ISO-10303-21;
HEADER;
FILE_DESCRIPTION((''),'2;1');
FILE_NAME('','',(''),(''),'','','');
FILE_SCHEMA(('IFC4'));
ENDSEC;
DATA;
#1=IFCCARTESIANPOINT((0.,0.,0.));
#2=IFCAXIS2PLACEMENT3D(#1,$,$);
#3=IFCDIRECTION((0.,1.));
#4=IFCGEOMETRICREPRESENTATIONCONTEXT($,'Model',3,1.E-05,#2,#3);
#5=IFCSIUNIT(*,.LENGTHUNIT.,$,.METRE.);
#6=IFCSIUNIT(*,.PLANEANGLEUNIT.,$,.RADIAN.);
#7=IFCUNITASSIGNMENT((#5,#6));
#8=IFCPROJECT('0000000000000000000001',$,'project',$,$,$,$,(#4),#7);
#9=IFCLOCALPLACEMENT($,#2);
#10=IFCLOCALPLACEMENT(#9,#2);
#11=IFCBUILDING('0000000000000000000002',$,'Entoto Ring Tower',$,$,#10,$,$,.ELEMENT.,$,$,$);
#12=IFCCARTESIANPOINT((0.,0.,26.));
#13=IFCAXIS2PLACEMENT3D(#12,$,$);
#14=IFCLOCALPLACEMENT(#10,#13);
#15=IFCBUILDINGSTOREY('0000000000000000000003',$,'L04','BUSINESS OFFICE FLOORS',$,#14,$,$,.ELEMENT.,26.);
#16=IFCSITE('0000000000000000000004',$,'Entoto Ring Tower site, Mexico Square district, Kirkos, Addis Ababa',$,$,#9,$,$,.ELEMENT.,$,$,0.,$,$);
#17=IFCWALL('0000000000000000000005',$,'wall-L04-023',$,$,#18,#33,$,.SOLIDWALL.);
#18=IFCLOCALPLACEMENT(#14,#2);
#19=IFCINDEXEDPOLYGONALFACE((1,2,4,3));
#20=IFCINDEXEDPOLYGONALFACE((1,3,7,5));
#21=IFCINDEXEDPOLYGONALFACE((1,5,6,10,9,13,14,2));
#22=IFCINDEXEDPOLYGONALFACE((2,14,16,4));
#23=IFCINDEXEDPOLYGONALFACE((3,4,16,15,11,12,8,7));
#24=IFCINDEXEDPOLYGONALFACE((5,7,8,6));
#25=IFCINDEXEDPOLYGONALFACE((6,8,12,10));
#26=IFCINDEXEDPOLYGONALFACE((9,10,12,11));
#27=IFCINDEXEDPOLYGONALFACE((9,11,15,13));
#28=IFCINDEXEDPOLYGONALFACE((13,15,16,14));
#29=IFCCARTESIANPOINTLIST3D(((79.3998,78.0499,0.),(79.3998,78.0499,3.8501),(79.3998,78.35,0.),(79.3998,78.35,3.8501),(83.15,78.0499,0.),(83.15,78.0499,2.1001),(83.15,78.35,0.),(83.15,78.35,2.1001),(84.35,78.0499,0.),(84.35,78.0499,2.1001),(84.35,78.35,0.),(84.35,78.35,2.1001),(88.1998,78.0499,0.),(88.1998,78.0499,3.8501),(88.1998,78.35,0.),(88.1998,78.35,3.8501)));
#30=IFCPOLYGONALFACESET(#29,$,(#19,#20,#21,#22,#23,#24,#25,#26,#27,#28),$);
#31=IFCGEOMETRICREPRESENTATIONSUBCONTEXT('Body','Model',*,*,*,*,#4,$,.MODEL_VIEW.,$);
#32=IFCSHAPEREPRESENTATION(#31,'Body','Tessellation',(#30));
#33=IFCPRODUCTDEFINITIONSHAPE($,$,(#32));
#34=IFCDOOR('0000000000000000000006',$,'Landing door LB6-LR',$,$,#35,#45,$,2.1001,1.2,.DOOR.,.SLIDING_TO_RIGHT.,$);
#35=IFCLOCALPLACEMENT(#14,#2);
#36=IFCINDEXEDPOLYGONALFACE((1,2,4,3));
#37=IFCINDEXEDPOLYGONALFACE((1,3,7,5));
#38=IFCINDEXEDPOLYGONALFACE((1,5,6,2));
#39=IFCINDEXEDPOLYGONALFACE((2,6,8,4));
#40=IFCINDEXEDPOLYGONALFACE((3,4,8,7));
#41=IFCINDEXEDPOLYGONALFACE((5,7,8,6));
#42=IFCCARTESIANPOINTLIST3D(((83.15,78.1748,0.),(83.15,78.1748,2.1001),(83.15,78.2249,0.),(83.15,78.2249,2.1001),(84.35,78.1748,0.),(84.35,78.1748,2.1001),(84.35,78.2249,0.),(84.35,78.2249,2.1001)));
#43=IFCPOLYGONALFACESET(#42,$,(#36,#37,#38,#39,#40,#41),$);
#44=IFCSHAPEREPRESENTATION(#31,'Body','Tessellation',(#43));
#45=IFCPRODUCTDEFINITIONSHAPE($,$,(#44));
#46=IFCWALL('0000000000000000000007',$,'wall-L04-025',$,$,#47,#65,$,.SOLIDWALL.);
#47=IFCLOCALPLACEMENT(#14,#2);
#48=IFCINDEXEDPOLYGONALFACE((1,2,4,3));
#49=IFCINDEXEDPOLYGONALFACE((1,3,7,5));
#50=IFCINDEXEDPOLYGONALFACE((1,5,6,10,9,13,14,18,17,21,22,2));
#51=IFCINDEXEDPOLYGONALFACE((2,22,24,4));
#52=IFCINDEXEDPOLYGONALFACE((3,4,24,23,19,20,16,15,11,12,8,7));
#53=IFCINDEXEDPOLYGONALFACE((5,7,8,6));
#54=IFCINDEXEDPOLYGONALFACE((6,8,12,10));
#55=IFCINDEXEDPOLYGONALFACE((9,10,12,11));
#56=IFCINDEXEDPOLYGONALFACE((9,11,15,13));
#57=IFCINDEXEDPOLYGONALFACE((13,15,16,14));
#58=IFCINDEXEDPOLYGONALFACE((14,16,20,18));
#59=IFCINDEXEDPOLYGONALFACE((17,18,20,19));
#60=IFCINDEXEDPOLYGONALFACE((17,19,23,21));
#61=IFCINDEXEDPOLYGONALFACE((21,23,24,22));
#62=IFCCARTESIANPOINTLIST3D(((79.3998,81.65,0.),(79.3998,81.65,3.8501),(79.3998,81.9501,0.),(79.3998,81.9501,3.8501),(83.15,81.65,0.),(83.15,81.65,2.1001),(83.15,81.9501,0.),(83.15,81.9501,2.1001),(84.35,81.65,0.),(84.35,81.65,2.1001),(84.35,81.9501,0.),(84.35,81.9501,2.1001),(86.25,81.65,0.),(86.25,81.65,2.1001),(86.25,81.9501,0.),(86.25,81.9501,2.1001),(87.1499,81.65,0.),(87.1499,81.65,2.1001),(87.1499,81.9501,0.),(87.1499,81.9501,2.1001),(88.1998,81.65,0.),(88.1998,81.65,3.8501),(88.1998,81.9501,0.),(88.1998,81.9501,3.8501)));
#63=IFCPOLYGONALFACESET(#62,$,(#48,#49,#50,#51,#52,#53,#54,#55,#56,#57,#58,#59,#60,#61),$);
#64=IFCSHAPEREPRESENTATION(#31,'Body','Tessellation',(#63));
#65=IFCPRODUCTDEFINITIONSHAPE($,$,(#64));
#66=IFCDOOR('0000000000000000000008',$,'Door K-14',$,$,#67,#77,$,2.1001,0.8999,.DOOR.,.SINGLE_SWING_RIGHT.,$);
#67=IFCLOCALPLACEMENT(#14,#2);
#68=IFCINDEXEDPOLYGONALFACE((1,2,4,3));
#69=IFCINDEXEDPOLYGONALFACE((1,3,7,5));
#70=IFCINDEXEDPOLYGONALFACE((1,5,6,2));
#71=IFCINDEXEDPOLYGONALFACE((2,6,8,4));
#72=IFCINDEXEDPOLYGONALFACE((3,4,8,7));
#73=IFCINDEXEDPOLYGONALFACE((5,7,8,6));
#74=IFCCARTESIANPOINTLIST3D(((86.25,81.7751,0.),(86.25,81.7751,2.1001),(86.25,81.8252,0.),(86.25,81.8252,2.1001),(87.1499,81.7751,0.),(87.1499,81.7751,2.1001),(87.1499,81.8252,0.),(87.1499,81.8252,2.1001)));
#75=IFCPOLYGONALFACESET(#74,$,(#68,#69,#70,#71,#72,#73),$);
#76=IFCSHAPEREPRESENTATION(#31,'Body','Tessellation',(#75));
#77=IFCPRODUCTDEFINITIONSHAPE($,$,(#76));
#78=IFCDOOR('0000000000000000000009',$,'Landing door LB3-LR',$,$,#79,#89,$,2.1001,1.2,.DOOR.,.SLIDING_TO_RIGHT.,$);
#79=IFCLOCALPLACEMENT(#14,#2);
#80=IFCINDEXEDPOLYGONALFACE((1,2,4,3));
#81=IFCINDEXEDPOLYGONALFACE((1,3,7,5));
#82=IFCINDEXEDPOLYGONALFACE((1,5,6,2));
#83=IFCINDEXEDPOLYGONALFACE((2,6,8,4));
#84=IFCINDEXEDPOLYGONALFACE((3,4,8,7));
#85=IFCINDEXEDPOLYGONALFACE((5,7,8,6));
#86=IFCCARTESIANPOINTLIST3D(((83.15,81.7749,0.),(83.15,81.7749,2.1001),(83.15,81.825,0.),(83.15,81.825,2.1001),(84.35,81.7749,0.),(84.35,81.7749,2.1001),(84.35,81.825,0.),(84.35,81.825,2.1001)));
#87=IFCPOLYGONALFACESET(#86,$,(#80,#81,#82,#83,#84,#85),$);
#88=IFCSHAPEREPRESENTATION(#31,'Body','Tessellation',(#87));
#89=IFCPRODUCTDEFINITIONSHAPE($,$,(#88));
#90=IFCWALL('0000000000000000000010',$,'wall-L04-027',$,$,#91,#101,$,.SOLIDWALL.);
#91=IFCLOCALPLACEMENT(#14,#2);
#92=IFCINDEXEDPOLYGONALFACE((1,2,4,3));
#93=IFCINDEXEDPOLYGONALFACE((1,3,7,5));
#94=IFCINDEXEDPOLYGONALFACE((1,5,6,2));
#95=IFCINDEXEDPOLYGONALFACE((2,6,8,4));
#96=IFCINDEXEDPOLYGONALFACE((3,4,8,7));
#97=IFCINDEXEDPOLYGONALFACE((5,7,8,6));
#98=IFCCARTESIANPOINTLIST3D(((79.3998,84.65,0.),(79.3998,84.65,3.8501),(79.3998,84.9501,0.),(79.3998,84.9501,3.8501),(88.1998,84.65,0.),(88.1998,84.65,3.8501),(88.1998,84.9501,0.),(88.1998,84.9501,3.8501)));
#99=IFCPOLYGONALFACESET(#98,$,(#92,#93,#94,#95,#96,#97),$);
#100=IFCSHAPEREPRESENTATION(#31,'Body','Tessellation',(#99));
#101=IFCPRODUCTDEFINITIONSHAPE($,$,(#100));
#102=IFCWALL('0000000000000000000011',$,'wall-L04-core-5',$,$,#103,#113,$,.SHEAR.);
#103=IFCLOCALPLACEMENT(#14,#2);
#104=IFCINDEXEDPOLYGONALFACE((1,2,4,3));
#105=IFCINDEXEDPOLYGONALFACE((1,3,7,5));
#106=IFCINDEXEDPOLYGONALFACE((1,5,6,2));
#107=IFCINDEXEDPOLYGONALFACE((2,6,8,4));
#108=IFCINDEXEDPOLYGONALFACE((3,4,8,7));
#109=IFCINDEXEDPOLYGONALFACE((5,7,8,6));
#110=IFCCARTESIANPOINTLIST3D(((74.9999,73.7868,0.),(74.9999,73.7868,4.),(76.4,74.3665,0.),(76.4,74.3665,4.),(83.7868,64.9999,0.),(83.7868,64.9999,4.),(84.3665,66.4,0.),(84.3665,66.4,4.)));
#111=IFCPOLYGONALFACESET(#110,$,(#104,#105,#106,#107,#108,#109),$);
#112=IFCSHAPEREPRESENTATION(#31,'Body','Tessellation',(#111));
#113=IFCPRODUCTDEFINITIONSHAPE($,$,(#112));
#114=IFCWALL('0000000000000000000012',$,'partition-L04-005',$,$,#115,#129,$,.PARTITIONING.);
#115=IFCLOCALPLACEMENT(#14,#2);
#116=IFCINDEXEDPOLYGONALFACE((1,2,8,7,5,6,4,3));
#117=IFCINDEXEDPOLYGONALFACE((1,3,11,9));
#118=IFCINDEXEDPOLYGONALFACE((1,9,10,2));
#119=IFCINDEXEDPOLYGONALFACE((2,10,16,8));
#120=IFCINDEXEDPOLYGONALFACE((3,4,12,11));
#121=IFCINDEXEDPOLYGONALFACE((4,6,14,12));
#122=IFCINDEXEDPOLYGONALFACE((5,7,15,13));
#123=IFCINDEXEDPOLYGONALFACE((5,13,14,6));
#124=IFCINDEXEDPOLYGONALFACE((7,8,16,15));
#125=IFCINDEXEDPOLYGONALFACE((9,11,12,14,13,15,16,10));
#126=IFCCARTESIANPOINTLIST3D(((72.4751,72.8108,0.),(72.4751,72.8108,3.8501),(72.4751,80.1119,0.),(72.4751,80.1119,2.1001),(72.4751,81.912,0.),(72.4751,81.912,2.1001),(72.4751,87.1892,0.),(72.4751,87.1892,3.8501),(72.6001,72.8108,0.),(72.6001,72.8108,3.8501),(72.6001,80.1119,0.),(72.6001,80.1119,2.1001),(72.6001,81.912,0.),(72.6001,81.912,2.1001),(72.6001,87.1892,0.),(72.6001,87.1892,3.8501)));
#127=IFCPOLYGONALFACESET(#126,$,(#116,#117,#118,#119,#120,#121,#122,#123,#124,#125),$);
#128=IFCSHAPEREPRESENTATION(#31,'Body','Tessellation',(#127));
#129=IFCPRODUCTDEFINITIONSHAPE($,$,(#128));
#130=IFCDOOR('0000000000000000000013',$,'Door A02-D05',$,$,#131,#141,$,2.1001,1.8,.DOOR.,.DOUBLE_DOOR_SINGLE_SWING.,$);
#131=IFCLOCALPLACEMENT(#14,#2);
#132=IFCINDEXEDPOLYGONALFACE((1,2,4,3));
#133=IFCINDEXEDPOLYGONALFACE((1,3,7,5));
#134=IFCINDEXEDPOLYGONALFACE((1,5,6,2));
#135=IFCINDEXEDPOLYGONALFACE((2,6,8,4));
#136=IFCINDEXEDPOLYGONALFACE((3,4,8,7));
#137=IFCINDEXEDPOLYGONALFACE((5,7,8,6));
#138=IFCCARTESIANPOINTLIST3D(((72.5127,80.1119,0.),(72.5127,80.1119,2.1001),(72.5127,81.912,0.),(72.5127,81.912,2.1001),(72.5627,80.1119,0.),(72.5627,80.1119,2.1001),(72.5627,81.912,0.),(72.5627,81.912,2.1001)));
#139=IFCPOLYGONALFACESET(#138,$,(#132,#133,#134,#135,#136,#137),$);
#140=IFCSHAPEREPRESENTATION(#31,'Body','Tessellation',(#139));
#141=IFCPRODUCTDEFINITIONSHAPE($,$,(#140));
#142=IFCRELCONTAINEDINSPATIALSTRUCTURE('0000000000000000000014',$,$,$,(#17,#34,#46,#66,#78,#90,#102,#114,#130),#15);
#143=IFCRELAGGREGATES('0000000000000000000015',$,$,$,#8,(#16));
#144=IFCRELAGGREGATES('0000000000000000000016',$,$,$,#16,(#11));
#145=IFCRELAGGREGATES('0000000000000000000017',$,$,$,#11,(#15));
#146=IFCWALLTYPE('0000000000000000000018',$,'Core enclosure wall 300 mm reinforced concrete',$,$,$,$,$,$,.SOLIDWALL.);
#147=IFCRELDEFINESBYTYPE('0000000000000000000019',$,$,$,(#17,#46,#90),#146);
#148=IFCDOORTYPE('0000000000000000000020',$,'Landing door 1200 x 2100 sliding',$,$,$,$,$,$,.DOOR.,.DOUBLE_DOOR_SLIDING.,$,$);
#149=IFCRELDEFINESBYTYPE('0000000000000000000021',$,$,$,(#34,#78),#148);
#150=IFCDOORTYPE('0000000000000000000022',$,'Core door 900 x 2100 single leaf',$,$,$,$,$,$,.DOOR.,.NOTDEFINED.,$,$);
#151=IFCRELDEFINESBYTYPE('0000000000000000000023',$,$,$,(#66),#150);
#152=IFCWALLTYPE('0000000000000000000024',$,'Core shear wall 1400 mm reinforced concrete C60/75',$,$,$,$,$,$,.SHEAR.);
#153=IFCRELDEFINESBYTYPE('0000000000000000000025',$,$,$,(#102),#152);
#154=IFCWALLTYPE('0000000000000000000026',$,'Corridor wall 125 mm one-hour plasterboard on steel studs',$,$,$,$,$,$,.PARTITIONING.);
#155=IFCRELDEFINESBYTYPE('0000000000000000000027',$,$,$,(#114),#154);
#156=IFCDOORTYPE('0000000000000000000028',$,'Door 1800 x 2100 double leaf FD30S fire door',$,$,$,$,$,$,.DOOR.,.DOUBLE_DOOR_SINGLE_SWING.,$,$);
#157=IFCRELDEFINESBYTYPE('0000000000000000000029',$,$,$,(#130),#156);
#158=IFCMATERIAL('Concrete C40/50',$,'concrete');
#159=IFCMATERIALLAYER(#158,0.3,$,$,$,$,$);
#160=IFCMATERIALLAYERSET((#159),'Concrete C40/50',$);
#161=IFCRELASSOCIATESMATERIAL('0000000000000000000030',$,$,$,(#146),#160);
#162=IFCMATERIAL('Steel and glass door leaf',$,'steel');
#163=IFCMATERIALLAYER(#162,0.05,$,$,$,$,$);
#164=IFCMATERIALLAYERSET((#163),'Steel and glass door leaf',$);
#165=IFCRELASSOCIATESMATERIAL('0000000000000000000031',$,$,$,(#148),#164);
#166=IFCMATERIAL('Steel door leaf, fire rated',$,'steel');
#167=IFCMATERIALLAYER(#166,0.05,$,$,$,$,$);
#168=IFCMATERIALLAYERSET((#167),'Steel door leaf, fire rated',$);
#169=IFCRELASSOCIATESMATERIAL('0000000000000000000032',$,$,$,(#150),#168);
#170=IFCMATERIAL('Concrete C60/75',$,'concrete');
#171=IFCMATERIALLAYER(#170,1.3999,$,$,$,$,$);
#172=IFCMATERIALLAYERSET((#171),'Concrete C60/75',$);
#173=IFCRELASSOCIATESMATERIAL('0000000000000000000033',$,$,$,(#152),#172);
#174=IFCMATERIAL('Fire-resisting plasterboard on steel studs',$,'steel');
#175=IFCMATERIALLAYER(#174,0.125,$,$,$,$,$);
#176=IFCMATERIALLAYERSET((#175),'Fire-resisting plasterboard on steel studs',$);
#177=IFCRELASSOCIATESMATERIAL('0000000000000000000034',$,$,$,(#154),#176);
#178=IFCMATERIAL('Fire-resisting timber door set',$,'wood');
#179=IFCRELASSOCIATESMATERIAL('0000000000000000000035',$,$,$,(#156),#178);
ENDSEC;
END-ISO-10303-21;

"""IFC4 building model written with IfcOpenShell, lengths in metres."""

from ifc_helpers import new_model, si_unit, direction, frame, frame_2d, origin, place, context, subcontext, project, spatial, polyline, rectangle, outline, extrude, material, layer, layer_set, type_object, element, fill, save


model = new_model("IFC4")

# Units and contexts
model_context = context("Model", 3, precision=1e-05, world=origin(), true_north=direction((0.0, 1.0)))
body_context = subcontext(model_context, "Body", "Model", "MODEL_VIEW")
ifc_project = project(units=[si_unit("LENGTHUNIT", "METRE"), si_unit("PLANEANGLEUNIT", "RADIAN")], contexts=[model_context])

# Site, building, storey
site_placement = place(None, origin())
site = spatial("IfcSite", under=ifc_project, at=site_placement, Name="Entoto Ring Tower site, Mexico Square district, Kirkos, Addis Ababa", CompositionType="ELEMENT", RefElevation=0.0)
building_placement = place(site_placement, origin())
building = spatial("IfcBuilding", under=site, at=building_placement, Name="Entoto Ring Tower", CompositionType="ELEMENT")
storey_placement = place(building_placement, frame((0.0, 0.0, 26.0)))
storey = spatial("IfcBuildingStorey", under=building, at=storey_placement, Name="L04", Description="BUSINESS OFFICE FLOORS", CompositionType="ELEMENT", Elevation=26.0)

# Shared definitions
ifc_material_1 = material(Name="Concrete C40/50", Category="concrete")
ifc_layer_1 = layer(ifc_material_1, 0.3)
ifc_layer_set_1 = layer_set([ifc_layer_1], Name="Concrete C40/50")
wall_type_1 = type_object("IfcWallType", Name="Core enclosure wall 300 mm reinforced concrete", PredefinedType="SOLIDWALL", material=ifc_layer_set_1)

# Wall, opening, door
wall_1_placement = place(storey_placement, frame((79.3999, 78.2, 0.0), z_axis=(0.0, 0.0, 1.0), x_axis=(1.0, 0.0, 0.0)))
wall_1 = element("IfcWall", 1, at=wall_1_placement, inside=storey, type_object=wall_type_1, Name="wall-L04-023", PredefinedType="SOLIDWALL", context=body_context, shape_type="SweptSolid", body=[
    extrude(rectangle(XDim=8.8, YDim=0.3, at=frame_2d((4.3999, 0.0))), origin(), (0.0, 0.0, 1.0), 3.8501),
])
opening_1_placement = place(wall_1_placement, frame((3.75, 0.0, 0.0)))
opening_1 = element("IfcOpeningElement", 2, at=opening_1_placement, cuts=wall_1, PredefinedType="OPENING", context=body_context, shape_type="SweptSolid", body=[
    extrude(rectangle(XDim=1.2, YDim=2.1001, at=frame_2d((0.6001, 1.05))), frame((0.0, 0.1602, 0.0), z_axis=(0.0, -1.0, 0.0), x_axis=(1.0, 0.0, 0.0)), (0.0, 0.0, 1.0), 0.3201),
])
ifc_material_2 = material(Name="Steel and glass door leaf", Category="steel")
ifc_layer_2 = layer(ifc_material_2, 0.05)
ifc_layer_set_2 = layer_set([ifc_layer_2], Name="Steel and glass door leaf")
door_type_1 = type_object("IfcDoorType", Name="Landing door 1200 x 2100 sliding", OperationType="DOUBLE_DOOR_SLIDING", PredefinedType="DOOR", material=ifc_layer_set_2)
door_1_placement = place(opening_1_placement, origin())
door_1 = element("IfcDoor", 3, at=door_1_placement, inside=storey, type_object=door_type_1, Name="Landing door LB6-LR", OperationType="SLIDING_TO_RIGHT", OverallHeight=2.1001, OverallWidth=1.2, PredefinedType="DOOR", context=body_context, shape_type="SweptSolid", body=[
    extrude(rectangle(XDim=1.2, YDim=2.1001, at=frame_2d((0.6001, 1.05))), frame((0.0, 0.0249, 0.0), z_axis=(0.0, -1.0, 0.0), x_axis=(1.0, 0.0, 0.0)), (0.0, 0.0, 1.0), 0.05),
])
fill(opening_1, door_1)

# Wall, openings, doors
wall_2_placement = place(storey_placement, frame((79.3999, 81.8, 0.0), z_axis=(0.0, 0.0, 1.0), x_axis=(1.0, 0.0, 0.0)))
wall_2 = element("IfcWall", 4, at=wall_2_placement, inside=storey, type_object=wall_type_1, Name="wall-L04-025", PredefinedType="SOLIDWALL", context=body_context, shape_type="SweptSolid", body=[
    extrude(rectangle(XDim=8.8, YDim=0.3, at=frame_2d((4.3999, 0.0))), origin(), (0.0, 0.0, 1.0), 3.8501),
])
opening_2_placement = place(wall_2_placement, frame((3.75, 0.0, 0.0)))
opening_2 = element("IfcOpeningElement", 5, at=opening_2_placement, cuts=wall_2, PredefinedType="OPENING", context=body_context, shape_type="SweptSolid", body=[
    extrude(rectangle(XDim=1.2, YDim=2.1001, at=frame_2d((0.6001, 1.05))), frame((0.0, 0.1602, 0.0), z_axis=(0.0, -1.0, 0.0), x_axis=(1.0, 0.0, 0.0)), (0.0, 0.0, 1.0), 0.3201),
])
opening_3_placement = place(wall_2_placement, frame((6.8501, 0.0, 0.0)))
opening_3 = element("IfcOpeningElement", 6, at=opening_3_placement, cuts=wall_2, PredefinedType="OPENING", context=body_context, shape_type="SweptSolid", body=[
    extrude(rectangle(XDim=0.8999, YDim=2.1001, at=frame_2d((0.45, 1.05))), frame((0.0, 0.1602, 0.0), z_axis=(0.0, -1.0, 0.0), x_axis=(1.0, 0.0, 0.0)), (0.0, 0.0, 1.0), 0.3201),
])
ifc_material_3 = material(Name="Steel door leaf, fire rated", Category="steel")
ifc_layer_3 = layer(ifc_material_3, 0.05)
ifc_layer_set_3 = layer_set([ifc_layer_3], Name="Steel door leaf, fire rated")
door_type_2 = type_object("IfcDoorType", Name="Core door 900 x 2100 single leaf", OperationType="NOTDEFINED", PredefinedType="DOOR", material=ifc_layer_set_3)
door_2_placement = place(opening_3_placement, frame((0.8999, 0.0, 0.0), z_axis=(0.0, 0.0, 1.0), x_axis=(-1.0, 0.0, 0.0)))
door_2 = element("IfcDoor", 7, at=door_2_placement, inside=storey, type_object=door_type_2, Name="Door K-14", OperationType="SINGLE_SWING_RIGHT", OverallHeight=2.1001, OverallWidth=0.8999, PredefinedType="DOOR", context=body_context, shape_type="SweptSolid", body=[
    extrude(rectangle(XDim=0.8999, YDim=2.1001, at=frame_2d((0.45, 1.05))), frame((0.0, 0.0249, 0.0), z_axis=(0.0, -1.0, 0.0), x_axis=(1.0, 0.0, 0.0)), (0.0, 0.0, 1.0), 0.05),
])
fill(opening_3, door_2)
door_3_placement = place(opening_2_placement, origin())
door_3 = element("IfcDoor", 8, at=door_3_placement, inside=storey, type_object=door_type_1, Name="Landing door LB3-LR", OperationType="SLIDING_TO_RIGHT", OverallHeight=2.1001, OverallWidth=1.2, PredefinedType="DOOR", context=body_context, shape_type="SweptSolid", body=[
    extrude(rectangle(XDim=1.2, YDim=2.1001, at=frame_2d((0.6001, 1.05))), frame((0.0, 0.0249, 0.0), z_axis=(0.0, -1.0, 0.0), x_axis=(1.0, 0.0, 0.0)), (0.0, 0.0, 1.0), 0.05),
])
fill(opening_2, door_3)

# Walls
wall_3_placement = place(storey_placement, frame((79.3999, 84.8, 0.0), z_axis=(0.0, 0.0, 1.0), x_axis=(1.0, 0.0, 0.0)))
element("IfcWall", 9, at=wall_3_placement, inside=storey, type_object=wall_type_1, Name="wall-L04-027", PredefinedType="SOLIDWALL", context=body_context, shape_type="SweptSolid", body=[
    extrude(rectangle(XDim=8.8, YDim=0.3, at=frame_2d((4.3999, 0.0))), origin(), (0.0, 0.0, 1.0), 3.8501),
])
ifc_material_4 = material(Name="Concrete C60/75", Category="concrete")
ifc_layer_4 = layer(ifc_material_4, 1.3999)
ifc_layer_set_4 = layer_set([ifc_layer_4], Name="Concrete C60/75")
wall_type_2 = type_object("IfcWallType", Name="Core shear wall 1400 mm reinforced concrete C60/75", PredefinedType="SHEAR", material=ifc_layer_set_4)
wall_4_placement = place(storey_placement, frame((75.7, 74.0767, 0.0), z_axis=(0.0, 0.0, 1.0), x_axis=(0.707107, -0.707107, 0.0)))
element("IfcWall", 10, at=wall_4_placement, inside=storey, type_object=wall_type_2, Name="wall-L04-core-5", PredefinedType="SHEAR", context=body_context, shape_type="SweptSolid", body=[
    extrude(outline(polyline([(-0.29, -0.7), (12.1365, -0.7), (11.5564, 0.7), (0.29, 0.7), (-0.29, -0.7)])), origin(), (0.0, 0.0, 1.0), 4.0),
])

# Wall, opening, door
ifc_material_5 = material(Name="Fire-resisting plasterboard on steel studs", Category="steel")
ifc_layer_5 = layer(ifc_material_5, 0.125)
ifc_layer_set_5 = layer_set([ifc_layer_5], Name="Fire-resisting plasterboard on steel studs")
wall_type_3 = type_object("IfcWallType", Name="Corridor wall 125 mm one-hour plasterboard on steel studs", PredefinedType="PARTITIONING", material=ifc_layer_set_5)
wall_5_placement = place(storey_placement, frame((72.5376, 72.8108, 0.0), z_axis=(0.0, 0.0, 1.0), x_axis=(0.0, 1.0, 0.0)))
wall_5 = element("IfcWall", 11, at=wall_5_placement, inside=storey, type_object=wall_type_3, Name="partition-L04-005", PredefinedType="PARTITIONING", context=body_context, shape_type="SweptSolid", body=[
    extrude(rectangle(XDim=14.3784, YDim=0.125, at=frame_2d((7.1892, 0.0))), origin(), (0.0, 0.0, 1.0), 3.8501),
])
opening_4_placement = place(wall_5_placement, frame((7.3013, 0.0, 0.0)))
opening_4 = element("IfcOpeningElement", 12, at=opening_4_placement, cuts=wall_5, PredefinedType="OPENING", context=body_context, shape_type="SweptSolid", body=[
    extrude(rectangle(XDim=1.8, YDim=2.1001, at=frame_2d((0.8999, 1.05))), frame((0.0, 0.0725, 0.0), z_axis=(0.0, -1.0, 0.0), x_axis=(1.0, 0.0, 0.0)), (0.0, 0.0, 1.0), 0.145),
])
ifc_material_6 = material(Name="Fire-resisting timber door set", Category="wood")
door_type_3 = type_object("IfcDoorType", Name="Door 1800 x 2100 double leaf FD30S fire door", OperationType="DOUBLE_DOOR_SINGLE_SWING", PredefinedType="DOOR", material=ifc_material_6)
door_4_placement = place(opening_4_placement, origin())
door_4 = element("IfcDoor", 13, at=door_4_placement, inside=storey, type_object=door_type_3, Name="Door A02-D05", OperationType="DOUBLE_DOOR_SINGLE_SWING", OverallHeight=2.1001, OverallWidth=1.8, PredefinedType="DOOR", context=body_context, shape_type="SweptSolid", body=[
    extrude(rectangle(XDim=1.8, YDim=2.1001, at=frame_2d((0.8999, 1.05))), frame((0.0, 0.0249, 0.0), z_axis=(0.0, -1.0, 0.0), x_axis=(1.0, 0.0, 0.0)), (0.0, 0.0, 1.0), 0.05),
])
fill(opening_4, door_4)

save(model, "model.ifc")
